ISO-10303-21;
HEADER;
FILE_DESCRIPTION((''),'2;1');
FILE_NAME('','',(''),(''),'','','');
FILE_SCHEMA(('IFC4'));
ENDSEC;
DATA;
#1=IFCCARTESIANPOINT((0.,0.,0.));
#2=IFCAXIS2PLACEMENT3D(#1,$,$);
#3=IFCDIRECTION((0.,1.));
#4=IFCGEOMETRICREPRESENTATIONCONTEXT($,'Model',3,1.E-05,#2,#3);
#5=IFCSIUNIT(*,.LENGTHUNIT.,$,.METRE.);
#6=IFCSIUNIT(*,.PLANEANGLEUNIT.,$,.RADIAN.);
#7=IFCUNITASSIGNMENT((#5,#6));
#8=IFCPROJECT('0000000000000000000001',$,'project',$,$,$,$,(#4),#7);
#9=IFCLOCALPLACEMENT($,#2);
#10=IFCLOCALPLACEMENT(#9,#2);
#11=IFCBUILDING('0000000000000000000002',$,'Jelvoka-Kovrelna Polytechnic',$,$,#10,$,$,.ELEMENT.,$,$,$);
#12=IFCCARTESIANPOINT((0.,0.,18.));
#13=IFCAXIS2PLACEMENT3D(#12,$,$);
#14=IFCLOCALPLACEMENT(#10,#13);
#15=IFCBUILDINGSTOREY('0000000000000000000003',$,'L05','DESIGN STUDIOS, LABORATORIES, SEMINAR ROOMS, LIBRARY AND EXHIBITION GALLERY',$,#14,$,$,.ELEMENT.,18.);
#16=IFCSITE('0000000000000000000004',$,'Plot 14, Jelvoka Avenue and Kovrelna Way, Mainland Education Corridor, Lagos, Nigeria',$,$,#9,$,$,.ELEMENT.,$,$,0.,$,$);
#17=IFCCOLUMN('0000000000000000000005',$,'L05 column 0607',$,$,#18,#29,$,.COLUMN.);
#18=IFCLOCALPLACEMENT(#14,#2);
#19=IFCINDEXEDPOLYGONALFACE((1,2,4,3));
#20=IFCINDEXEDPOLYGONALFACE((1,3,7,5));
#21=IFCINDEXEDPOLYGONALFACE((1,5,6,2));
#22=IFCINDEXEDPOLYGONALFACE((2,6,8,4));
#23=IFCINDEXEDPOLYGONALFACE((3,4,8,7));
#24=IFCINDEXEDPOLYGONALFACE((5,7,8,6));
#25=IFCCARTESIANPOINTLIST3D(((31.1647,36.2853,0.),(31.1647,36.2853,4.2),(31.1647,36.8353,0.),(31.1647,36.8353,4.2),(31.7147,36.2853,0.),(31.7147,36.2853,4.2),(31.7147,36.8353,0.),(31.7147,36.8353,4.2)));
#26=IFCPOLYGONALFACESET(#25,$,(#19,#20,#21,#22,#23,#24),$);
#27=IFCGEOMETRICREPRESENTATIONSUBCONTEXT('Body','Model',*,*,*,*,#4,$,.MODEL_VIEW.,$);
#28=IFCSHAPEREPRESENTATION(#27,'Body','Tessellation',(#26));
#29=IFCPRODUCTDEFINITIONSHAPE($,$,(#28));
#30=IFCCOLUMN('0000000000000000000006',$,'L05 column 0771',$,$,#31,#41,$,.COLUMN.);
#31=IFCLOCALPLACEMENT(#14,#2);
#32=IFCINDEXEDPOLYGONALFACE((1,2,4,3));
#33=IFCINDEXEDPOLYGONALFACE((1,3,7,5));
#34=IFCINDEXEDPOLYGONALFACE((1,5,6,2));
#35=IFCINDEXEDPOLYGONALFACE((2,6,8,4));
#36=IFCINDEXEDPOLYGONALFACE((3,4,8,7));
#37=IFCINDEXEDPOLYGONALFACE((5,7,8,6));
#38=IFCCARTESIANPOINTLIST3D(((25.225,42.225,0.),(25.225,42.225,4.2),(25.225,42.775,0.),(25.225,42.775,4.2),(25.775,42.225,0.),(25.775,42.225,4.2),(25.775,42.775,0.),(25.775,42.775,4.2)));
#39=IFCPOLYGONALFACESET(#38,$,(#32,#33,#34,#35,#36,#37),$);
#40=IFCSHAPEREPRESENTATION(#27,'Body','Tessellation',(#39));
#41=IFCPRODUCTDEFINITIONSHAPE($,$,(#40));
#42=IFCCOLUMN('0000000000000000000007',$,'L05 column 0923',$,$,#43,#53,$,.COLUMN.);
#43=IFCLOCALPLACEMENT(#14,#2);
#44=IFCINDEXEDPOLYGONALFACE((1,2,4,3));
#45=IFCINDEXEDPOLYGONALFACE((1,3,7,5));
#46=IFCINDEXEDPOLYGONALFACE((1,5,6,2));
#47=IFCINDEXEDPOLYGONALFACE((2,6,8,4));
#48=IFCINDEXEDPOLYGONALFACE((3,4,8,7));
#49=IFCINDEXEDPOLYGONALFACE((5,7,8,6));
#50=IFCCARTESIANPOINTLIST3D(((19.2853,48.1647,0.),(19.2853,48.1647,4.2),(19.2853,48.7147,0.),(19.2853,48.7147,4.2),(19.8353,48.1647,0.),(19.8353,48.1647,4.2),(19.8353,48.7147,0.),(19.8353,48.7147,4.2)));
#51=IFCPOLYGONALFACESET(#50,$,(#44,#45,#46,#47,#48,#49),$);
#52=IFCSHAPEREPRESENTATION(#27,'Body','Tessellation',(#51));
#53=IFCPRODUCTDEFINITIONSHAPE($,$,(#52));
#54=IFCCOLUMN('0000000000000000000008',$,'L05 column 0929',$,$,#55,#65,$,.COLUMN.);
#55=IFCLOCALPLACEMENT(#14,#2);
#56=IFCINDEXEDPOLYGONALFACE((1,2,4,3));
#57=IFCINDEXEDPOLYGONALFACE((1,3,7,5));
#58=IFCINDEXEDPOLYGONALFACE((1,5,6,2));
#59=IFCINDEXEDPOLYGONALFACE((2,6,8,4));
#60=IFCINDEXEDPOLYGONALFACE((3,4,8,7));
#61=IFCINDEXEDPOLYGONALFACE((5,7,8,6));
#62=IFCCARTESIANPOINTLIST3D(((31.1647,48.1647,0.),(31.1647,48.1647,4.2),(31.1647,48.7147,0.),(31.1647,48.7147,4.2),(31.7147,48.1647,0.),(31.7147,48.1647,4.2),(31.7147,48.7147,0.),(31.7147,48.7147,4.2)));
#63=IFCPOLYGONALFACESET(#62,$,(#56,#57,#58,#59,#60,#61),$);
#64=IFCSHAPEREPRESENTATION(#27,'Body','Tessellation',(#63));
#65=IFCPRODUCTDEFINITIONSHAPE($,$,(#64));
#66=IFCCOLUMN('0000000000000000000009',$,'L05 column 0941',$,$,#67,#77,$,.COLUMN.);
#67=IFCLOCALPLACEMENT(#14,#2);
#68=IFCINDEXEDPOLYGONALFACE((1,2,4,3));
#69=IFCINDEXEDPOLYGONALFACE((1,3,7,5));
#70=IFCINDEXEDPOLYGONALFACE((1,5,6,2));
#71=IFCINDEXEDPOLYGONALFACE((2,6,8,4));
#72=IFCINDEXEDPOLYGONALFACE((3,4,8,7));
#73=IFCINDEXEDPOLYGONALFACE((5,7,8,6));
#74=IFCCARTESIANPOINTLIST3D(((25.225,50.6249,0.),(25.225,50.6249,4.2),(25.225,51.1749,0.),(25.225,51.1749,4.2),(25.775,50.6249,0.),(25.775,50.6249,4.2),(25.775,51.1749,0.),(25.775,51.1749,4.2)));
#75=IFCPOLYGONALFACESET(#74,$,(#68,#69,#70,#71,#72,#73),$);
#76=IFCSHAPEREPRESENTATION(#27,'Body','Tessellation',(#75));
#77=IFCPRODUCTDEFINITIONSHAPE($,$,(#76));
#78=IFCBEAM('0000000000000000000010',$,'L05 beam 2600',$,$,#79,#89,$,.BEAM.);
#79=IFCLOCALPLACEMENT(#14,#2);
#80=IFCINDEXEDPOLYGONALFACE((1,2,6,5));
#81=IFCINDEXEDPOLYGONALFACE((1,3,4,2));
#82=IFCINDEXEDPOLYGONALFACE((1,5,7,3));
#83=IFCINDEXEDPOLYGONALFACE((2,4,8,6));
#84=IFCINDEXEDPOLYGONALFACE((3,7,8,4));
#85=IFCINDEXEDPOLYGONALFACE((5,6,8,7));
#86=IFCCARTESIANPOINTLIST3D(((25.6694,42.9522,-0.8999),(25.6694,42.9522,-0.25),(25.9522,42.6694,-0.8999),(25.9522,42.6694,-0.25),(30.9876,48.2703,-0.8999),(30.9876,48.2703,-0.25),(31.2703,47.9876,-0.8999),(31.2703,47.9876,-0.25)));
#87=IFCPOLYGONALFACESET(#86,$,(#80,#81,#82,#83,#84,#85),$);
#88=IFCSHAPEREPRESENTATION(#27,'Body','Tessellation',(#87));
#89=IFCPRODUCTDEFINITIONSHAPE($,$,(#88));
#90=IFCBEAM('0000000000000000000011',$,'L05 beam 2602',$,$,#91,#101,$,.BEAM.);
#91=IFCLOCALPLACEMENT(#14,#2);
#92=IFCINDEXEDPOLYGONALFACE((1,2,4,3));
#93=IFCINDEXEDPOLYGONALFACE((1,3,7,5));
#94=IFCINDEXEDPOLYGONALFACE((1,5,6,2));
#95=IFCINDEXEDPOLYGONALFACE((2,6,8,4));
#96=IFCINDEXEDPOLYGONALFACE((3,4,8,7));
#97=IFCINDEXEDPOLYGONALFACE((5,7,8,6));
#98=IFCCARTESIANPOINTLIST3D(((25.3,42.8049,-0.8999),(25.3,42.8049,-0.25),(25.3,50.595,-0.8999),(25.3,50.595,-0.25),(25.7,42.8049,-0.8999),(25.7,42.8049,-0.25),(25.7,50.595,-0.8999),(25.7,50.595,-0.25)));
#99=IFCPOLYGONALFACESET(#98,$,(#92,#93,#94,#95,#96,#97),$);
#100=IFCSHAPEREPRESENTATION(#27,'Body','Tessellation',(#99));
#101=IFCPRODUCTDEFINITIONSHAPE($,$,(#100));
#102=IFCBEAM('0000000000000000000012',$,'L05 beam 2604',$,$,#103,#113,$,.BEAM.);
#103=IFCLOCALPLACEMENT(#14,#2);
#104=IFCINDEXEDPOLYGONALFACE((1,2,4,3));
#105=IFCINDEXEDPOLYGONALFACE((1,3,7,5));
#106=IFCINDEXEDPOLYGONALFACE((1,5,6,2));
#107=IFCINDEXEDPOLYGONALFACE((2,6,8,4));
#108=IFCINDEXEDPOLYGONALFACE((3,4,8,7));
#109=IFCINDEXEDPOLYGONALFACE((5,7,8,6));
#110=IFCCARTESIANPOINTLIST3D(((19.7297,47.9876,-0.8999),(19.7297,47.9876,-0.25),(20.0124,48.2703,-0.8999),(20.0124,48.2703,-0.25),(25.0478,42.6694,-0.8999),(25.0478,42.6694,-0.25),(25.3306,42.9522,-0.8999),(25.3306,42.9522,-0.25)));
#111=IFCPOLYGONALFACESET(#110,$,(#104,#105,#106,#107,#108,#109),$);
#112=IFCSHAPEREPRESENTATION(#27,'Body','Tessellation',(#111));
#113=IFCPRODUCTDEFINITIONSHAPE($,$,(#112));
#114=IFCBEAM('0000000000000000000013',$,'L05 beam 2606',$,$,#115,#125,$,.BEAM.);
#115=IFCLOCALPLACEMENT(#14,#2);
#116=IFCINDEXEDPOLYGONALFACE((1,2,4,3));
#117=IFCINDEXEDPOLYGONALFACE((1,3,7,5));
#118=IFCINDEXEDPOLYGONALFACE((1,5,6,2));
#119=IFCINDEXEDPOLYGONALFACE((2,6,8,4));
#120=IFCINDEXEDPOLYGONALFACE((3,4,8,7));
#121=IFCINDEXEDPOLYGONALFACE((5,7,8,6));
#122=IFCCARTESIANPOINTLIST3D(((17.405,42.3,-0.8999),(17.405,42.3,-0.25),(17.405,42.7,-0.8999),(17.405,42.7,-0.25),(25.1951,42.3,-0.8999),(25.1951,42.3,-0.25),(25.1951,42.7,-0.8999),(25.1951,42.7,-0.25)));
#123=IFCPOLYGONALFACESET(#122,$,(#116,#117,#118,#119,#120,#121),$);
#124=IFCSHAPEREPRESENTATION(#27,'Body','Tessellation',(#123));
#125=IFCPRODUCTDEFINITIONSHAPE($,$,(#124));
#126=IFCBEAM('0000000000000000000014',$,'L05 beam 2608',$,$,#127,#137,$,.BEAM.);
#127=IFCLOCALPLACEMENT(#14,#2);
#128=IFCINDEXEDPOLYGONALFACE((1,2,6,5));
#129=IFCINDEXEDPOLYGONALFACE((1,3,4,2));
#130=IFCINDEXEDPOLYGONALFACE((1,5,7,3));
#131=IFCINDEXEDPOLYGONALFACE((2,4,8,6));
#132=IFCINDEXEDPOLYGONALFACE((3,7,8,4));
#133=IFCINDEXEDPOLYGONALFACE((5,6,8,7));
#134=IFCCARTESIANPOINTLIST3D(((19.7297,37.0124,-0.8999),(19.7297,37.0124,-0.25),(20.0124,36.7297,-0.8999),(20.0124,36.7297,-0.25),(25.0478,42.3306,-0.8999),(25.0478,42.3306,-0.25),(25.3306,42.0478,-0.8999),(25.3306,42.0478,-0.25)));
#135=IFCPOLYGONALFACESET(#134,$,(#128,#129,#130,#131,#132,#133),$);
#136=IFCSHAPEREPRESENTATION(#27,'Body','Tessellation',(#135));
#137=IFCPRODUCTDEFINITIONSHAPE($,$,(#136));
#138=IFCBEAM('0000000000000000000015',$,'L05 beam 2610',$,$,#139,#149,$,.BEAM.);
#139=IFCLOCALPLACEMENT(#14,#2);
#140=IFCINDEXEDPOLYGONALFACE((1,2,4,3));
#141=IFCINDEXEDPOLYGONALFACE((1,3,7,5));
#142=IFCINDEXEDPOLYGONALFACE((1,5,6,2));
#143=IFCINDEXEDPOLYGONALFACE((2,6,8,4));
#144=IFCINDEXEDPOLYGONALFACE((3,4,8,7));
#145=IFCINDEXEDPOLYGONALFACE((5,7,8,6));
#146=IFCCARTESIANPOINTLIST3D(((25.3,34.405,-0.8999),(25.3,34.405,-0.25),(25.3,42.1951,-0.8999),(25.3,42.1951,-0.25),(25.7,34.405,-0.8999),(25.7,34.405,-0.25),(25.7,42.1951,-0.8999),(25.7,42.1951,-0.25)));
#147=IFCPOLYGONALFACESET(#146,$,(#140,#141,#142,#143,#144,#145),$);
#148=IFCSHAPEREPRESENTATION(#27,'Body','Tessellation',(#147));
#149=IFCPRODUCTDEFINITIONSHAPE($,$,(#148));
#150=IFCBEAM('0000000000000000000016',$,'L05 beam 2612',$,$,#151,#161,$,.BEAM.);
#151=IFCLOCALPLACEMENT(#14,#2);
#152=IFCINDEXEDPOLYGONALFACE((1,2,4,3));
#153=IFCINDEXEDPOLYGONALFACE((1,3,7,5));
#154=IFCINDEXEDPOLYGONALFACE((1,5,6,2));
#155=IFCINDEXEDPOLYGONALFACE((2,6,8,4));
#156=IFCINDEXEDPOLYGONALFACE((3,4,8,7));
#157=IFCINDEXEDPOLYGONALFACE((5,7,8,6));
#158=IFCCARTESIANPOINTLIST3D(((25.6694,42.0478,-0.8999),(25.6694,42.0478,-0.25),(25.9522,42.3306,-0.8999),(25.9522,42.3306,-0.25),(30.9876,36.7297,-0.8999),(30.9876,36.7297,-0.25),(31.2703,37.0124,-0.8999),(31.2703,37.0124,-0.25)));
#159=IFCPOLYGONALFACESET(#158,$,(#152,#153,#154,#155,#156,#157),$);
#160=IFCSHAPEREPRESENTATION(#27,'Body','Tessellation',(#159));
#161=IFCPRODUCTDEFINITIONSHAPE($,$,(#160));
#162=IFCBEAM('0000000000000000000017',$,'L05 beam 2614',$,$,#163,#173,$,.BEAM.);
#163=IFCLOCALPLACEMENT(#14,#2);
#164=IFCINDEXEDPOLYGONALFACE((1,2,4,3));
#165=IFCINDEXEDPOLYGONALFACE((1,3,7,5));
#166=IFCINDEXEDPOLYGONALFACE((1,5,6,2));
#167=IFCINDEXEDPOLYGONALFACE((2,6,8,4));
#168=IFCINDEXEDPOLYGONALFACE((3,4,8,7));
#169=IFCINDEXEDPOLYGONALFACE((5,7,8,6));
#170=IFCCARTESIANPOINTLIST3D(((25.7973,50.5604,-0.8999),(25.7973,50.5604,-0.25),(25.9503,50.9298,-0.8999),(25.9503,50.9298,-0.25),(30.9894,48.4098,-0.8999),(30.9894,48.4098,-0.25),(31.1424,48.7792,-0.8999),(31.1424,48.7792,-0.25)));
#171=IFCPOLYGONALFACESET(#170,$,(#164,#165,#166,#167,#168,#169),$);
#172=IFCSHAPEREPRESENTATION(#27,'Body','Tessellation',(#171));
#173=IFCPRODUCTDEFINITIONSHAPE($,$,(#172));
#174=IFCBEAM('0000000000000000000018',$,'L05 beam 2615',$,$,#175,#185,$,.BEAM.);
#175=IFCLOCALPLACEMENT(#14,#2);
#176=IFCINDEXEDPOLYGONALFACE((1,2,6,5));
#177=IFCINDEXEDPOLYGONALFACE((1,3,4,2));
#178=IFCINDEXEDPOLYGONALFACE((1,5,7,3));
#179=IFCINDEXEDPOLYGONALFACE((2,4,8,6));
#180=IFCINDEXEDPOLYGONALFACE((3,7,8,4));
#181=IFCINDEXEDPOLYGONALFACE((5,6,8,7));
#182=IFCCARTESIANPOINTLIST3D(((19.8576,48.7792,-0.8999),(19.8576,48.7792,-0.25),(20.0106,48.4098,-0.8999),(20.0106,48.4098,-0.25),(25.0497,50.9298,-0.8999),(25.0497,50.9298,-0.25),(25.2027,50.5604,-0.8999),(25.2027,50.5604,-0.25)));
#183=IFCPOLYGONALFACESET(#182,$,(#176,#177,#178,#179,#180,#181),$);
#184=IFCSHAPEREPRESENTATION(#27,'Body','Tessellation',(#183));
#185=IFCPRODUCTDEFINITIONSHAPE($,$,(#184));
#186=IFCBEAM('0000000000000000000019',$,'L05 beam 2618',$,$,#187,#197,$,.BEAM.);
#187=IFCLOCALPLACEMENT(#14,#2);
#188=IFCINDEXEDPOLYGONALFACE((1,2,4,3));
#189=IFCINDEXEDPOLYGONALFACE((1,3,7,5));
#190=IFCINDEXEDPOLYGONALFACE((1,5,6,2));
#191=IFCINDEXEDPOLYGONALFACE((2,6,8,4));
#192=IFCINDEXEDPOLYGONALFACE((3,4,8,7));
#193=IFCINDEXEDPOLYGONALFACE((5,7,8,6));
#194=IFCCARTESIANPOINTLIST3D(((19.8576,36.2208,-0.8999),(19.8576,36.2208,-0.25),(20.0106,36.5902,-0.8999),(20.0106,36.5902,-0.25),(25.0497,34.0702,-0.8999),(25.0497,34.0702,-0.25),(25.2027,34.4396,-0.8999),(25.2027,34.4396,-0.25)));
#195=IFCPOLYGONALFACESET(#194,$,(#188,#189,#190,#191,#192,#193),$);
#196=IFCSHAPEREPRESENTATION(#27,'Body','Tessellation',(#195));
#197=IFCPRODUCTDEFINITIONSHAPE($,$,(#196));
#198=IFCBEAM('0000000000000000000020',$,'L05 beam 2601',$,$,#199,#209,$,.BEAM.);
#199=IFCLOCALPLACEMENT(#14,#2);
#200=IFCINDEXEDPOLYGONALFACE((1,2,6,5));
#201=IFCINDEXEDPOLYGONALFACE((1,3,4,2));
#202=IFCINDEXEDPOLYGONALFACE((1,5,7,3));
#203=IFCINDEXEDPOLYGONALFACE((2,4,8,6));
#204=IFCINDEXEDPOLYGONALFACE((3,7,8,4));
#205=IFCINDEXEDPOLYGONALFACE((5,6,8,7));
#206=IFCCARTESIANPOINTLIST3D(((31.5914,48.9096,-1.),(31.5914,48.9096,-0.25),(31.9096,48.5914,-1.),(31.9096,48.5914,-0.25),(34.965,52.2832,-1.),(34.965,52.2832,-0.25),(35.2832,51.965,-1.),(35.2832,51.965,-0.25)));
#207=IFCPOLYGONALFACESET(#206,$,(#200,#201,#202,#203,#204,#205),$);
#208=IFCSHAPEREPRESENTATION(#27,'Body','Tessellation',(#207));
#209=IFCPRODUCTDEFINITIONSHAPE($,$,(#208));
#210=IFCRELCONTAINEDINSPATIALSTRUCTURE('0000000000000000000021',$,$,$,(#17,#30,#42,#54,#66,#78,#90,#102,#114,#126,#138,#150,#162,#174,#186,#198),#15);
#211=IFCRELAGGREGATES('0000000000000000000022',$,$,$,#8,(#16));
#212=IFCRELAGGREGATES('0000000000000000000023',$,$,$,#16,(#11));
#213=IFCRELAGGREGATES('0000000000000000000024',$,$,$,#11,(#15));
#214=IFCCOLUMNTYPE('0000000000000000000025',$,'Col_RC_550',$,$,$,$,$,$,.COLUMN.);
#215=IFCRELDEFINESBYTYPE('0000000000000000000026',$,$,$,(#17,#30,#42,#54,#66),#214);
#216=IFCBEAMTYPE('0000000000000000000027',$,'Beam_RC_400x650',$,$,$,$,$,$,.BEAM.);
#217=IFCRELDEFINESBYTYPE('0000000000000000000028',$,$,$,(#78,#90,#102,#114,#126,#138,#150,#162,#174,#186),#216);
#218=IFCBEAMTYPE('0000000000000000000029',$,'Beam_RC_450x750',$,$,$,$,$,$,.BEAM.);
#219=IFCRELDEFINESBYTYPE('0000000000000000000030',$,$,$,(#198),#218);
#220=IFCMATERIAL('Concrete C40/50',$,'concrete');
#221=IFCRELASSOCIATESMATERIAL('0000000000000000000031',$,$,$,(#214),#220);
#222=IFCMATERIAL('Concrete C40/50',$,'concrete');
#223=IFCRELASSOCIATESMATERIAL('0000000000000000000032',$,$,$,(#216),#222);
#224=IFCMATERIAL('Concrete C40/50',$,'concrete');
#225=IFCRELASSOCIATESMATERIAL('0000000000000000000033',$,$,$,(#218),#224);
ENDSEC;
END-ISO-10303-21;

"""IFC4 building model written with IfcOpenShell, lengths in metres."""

from ifc_helpers import new_model, si_unit, direction, frame, origin, origin_2d, place, context, subcontext, project, spatial, rectangle, extrude, material, material_profile, profile_set, type_object, element, save


model = new_model("IFC4")

# Units and contexts
model_context = context("Model", 3, precision=1e-05, world=origin(), true_north=direction((0.0, 1.0)))
body_context = subcontext(model_context, "Body", "Model", "MODEL_VIEW")
ifc_project = project(units=[si_unit("LENGTHUNIT", "METRE"), si_unit("PLANEANGLEUNIT", "RADIAN")], contexts=[model_context])

# Site, building, storey
site_placement = place(None, origin())
site = spatial("IfcSite", under=ifc_project, at=site_placement, Name="Plot 14, Jelvoka Avenue and Kovrelna Way, Mainland Education Corridor, Lagos, Nigeria", CompositionType="ELEMENT", RefElevation=0.0)
building_placement = place(site_placement, origin())
building = spatial("IfcBuilding", under=site, at=building_placement, Name="Jelvoka-Kovrelna Polytechnic", CompositionType="ELEMENT")
storey_placement = place(building_placement, frame((0.0, 0.0, 18.0)))
storey = spatial("IfcBuildingStorey", under=building, at=storey_placement, Name="L05", Description="DESIGN STUDIOS, LABORATORIES, SEMINAR ROOMS, LIBRARY AND EXHIBITION GALLERY", CompositionType="ELEMENT", Elevation=18.0)

# Columns
ifc_material_1 = material(Name="Concrete C40/50", Category="concrete")
ifc_material_profile_1 = material_profile(ifc_material_1, rectangle(XDim=0.55, YDim=0.55, at=origin_2d()), Name="RC 550x550")
ifc_profile_set_1 = profile_set([ifc_material_profile_1], Name="Concrete C40/50")
column_type = type_object("IfcColumnType", Name="Col_RC_550", PredefinedType="COLUMN", material=ifc_profile_set_1)
for number, where, z_axis, x_axis, name in (
    (1, (31.4397, 36.5603, 0.0), (0.0, 0.0, 1.0), (1.0, 0.0, 0.0), "L05 column 0607"),
    (2, (25.5, 42.5, 0.0), (0.0, 0.0, 1.0), (1.0, 0.0, 0.0), "L05 column 0771"),
    (3, (19.5603, 48.4397, 0.0), (0.0, 0.0, 1.0), (1.0, 0.0, 0.0), "L05 column 0923"),
    (4, (31.4397, 48.4397, 0.0), (0.0, 0.0, 1.0), (1.0, 0.0, 0.0), "L05 column 0929"),
    (5, (25.5, 50.8999, 0.0), (0.0, 0.0, 1.0), (1.0, 0.0, 0.0), "L05 column 0941"),
):
    element("IfcColumn", number, at=place(storey_placement, frame(where, z_axis=z_axis, x_axis=x_axis)), inside=storey, type_object=column_type, Name=name, PredefinedType="COLUMN", context=body_context, shape_type="SweptSolid", body=[
        extrude(rectangle(XDim=0.55, YDim=0.55, at=origin_2d()), origin(), (0.0, 0.0, 1.0), 4.2),
    ])

# Beams
ifc_material_2 = material(Name="Concrete C40/50", Category="concrete")
ifc_material_profile_2 = material_profile(ifc_material_2, rectangle(XDim=0.3999, YDim=0.6499, at=origin_2d()), Name="RC 400x650")
ifc_profile_set_2 = profile_set([ifc_material_profile_2], Name="Concrete C40/50")
beam_type_1 = type_object("IfcBeamType", Name="Beam_RC_400x650", PredefinedType="BEAM", material=ifc_profile_set_2)
beam_1_placement = place(storey_placement, frame((25.8108, 42.8108, -0.575), z_axis=(0.707107, 0.707107, 0.0), x_axis=(-0.707107, 0.707107, 0.0)))
element("IfcBeam", 6, at=beam_1_placement, inside=storey, type_object=beam_type_1, Name="L05 beam 2600", PredefinedType="BEAM", context=body_context, shape_type="SweptSolid", body=[
    extrude(rectangle(XDim=0.3999, YDim=0.6499, at=origin_2d()), origin(), (0.0, 0.0, 1.0), 7.521),
])
beam_2_placement = place(storey_placement, frame((25.5, 42.8049, -0.575), z_axis=(0.0, 1.0, 0.0), x_axis=(-1.0, 0.0, 0.0)))
element("IfcBeam", 7, at=beam_2_placement, inside=storey, type_object=beam_type_1, Name="L05 beam 2602", PredefinedType="BEAM", context=body_context, shape_type="SweptSolid", body=[
    extrude(rectangle(XDim=0.3999, YDim=0.6499, at=origin_2d()), origin(), (0.0, 0.0, 1.0), 7.79),
])
beam_3_placement = place(storey_placement, frame((25.1892, 42.8108, -0.575), z_axis=(-0.707107, 0.707107, 0.0), x_axis=(-0.707107, -0.707107, 0.0)))
element("IfcBeam", 8, at=beam_3_placement, inside=storey, type_object=beam_type_1, Name="L05 beam 2604", PredefinedType="BEAM", context=body_context, shape_type="SweptSolid", body=[
    extrude(rectangle(XDim=0.3999, YDim=0.6499, at=origin_2d()), origin(), (0.0, 0.0, 1.0), 7.521),
])
beam_4_placement = place(storey_placement, frame((25.1951, 42.5, -0.575), z_axis=(-1.0, 0.0, 0.0), x_axis=(0.0, -1.0, 0.0)))
element("IfcBeam", 9, at=beam_4_placement, inside=storey, type_object=beam_type_1, Name="L05 beam 2606", PredefinedType="BEAM", context=body_context, shape_type="SweptSolid", body=[
    extrude(rectangle(XDim=0.3999, YDim=0.6499, at=origin_2d()), origin(), (0.0, 0.0, 1.0), 7.79),
])
beam_5_placement = place(storey_placement, frame((25.1892, 42.1892, -0.575), z_axis=(-0.707107, -0.707107, 0.0), x_axis=(0.707107, -0.707107, 0.0)))
element("IfcBeam", 10, at=beam_5_placement, inside=storey, type_object=beam_type_1, Name="L05 beam 2608", PredefinedType="BEAM", context=body_context, shape_type="SweptSolid", body=[
    extrude(rectangle(XDim=0.3999, YDim=0.6499, at=origin_2d()), origin(), (0.0, 0.0, 1.0), 7.521),
])
beam_6_placement = place(storey_placement, frame((25.5, 42.1951, -0.575), z_axis=(0.0, -1.0, 0.0), x_axis=(1.0, 0.0, 0.0)))
element("IfcBeam", 11, at=beam_6_placement, inside=storey, type_object=beam_type_1, Name="L05 beam 2610", PredefinedType="BEAM", context=body_context, shape_type="SweptSolid", body=[
    extrude(rectangle(XDim=0.3999, YDim=0.6499, at=origin_2d()), origin(), (0.0, 0.0, 1.0), 7.79),
])
beam_7_placement = place(storey_placement, frame((25.8108, 42.1892, -0.575), z_axis=(0.707107, -0.707107, 0.0), x_axis=(0.707107, 0.707107, 0.0)))
element("IfcBeam", 12, at=beam_7_placement, inside=storey, type_object=beam_type_1, Name="L05 beam 2612", PredefinedType="BEAM", context=body_context, shape_type="SweptSolid", body=[
    extrude(rectangle(XDim=0.3999, YDim=0.6499, at=origin_2d()), origin(), (0.0, 0.0, 1.0), 7.521),
])
for number, where, z_axis, x_axis, name in (
    (13, (31.0659, 48.5945, -0.575), (-0.923881, 0.38268, 0.0), (-0.38268, -0.923881, 0.0), "L05 beam 2614"),
    (14, (25.1262, 50.7451, -0.575), (-0.923881, -0.38268, 0.0), (0.38268, -0.923881, 0.0), "L05 beam 2615"),
    (15, (19.9341, 36.4055, -0.575), (0.923881, -0.38268, 0.0), (0.38268, 0.923881, 0.0), "L05 beam 2618"),
):
    element("IfcBeam", number, at=place(storey_placement, frame(where, z_axis=z_axis, x_axis=x_axis)), inside=storey, type_object=beam_type_1, Name=name, PredefinedType="BEAM", context=body_context, shape_type="SweptSolid", body=[
        extrude(rectangle(XDim=0.3999, YDim=0.6499, at=origin_2d()), origin(), (0.0, 0.0, 1.0), 5.6199),
    ])
ifc_material_3 = material(Name="Concrete C40/50", Category="concrete")
ifc_material_profile_3 = material_profile(ifc_material_3, rectangle(XDim=0.45, YDim=0.75, at=origin_2d()), Name="RC 450x750")
ifc_profile_set_3 = profile_set([ifc_material_profile_3], Name="Concrete C40/50")
beam_type_2 = type_object("IfcBeamType", Name="Beam_RC_450x750", PredefinedType="BEAM", material=ifc_profile_set_3)
beam_8_placement = place(storey_placement, frame((31.7505, 48.7505, -0.625), z_axis=(0.707107, 0.707107, 0.0), x_axis=(-0.707107, 0.707107, 0.0)))
element("IfcBeam", 16, at=beam_8_placement, inside=storey, type_object=beam_type_2, Name="L05 beam 2601", PredefinedType="BEAM", context=body_context, shape_type="SweptSolid", body=[
    extrude(rectangle(XDim=0.45, YDim=0.75, at=origin_2d()), origin(), (0.0, 0.0, 1.0), 4.771),
])

save(model, "model.ifc")
